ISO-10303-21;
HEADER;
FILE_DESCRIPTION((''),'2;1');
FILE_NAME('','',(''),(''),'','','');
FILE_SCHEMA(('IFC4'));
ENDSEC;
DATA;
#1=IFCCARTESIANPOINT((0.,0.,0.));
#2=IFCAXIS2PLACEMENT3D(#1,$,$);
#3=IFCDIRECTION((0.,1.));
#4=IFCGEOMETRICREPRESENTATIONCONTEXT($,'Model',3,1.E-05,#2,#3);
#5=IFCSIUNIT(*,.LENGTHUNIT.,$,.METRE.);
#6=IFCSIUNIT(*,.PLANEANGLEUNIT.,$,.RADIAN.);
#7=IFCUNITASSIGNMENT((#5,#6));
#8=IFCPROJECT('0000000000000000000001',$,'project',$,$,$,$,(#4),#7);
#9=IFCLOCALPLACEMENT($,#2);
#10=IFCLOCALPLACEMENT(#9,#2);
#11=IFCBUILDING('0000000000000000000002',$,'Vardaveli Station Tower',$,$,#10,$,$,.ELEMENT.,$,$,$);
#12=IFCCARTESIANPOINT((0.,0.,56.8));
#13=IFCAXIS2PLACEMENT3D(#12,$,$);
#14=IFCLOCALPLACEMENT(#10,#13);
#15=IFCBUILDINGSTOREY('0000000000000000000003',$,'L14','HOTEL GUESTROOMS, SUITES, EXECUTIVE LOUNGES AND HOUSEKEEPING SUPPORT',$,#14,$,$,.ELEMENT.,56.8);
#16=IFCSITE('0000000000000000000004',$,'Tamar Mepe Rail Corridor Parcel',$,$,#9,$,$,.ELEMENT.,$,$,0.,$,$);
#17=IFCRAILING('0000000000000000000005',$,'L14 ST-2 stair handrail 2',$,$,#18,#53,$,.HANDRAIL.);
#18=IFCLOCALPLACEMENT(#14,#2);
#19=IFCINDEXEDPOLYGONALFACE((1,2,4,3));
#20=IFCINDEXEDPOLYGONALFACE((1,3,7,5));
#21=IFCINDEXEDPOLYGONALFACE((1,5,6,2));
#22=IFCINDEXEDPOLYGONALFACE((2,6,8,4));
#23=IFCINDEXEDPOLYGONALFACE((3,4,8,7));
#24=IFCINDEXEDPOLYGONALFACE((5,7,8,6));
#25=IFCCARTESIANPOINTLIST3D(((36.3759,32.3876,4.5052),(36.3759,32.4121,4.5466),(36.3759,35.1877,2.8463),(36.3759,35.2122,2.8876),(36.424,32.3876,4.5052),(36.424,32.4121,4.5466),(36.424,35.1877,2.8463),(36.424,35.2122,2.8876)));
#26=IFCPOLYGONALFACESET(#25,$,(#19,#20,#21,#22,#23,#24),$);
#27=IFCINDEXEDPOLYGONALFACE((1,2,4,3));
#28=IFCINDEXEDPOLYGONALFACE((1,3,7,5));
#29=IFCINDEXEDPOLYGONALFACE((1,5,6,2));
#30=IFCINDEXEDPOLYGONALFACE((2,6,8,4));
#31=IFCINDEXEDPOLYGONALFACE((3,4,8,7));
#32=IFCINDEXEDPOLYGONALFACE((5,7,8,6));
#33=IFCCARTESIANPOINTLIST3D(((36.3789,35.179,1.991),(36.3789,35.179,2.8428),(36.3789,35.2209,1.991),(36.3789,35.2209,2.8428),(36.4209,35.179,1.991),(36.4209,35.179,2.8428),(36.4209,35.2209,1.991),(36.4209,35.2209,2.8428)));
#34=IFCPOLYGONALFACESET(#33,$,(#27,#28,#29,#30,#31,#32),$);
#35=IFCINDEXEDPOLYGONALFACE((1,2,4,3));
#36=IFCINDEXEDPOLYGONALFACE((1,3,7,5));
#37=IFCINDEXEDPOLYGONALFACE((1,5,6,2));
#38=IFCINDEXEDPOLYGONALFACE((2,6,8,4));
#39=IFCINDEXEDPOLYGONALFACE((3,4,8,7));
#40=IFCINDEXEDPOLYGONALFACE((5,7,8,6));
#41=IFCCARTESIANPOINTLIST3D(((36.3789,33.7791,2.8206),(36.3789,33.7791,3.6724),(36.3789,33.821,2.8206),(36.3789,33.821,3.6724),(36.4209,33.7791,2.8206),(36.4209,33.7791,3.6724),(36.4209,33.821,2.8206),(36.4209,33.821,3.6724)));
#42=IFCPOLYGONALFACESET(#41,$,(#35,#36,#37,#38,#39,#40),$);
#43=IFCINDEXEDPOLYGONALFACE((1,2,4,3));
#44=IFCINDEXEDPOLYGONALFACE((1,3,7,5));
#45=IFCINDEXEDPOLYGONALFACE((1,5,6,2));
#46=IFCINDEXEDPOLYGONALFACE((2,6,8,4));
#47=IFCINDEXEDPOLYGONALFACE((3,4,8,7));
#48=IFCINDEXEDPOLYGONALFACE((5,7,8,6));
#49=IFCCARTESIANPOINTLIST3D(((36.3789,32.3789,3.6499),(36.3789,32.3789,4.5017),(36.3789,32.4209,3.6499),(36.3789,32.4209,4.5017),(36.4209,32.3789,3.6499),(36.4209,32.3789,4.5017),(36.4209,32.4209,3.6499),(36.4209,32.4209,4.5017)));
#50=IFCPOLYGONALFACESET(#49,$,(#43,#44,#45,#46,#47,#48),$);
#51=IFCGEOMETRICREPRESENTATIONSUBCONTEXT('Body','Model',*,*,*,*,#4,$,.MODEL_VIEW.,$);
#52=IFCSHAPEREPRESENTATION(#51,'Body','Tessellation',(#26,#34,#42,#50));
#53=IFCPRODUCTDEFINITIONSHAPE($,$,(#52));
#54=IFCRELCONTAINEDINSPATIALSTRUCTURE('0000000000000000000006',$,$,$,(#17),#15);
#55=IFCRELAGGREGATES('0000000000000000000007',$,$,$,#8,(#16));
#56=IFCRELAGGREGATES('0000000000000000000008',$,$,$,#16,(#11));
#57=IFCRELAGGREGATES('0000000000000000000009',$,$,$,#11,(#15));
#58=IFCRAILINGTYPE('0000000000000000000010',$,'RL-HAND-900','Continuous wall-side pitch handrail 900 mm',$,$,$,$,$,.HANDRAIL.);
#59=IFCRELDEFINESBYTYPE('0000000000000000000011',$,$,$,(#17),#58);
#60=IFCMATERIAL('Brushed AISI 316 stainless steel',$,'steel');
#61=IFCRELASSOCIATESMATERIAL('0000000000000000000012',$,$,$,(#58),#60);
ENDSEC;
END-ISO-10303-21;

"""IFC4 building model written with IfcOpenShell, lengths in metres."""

from ifc_helpers import new_model, si_unit, direction, frame, origin, origin_2d, place, context, subcontext, project, spatial, rectangle, extrude, source, transform, mapped, material, type_object, element, save


model = new_model("IFC4")

# Units and contexts
model_context = context("Model", 3, precision=1e-05, world=origin(), true_north=direction((0.0, 1.0)))
body_context = subcontext(model_context, "Body", "Model", "MODEL_VIEW")
ifc_project = project(units=[si_unit("LENGTHUNIT", "METRE"), si_unit("PLANEANGLEUNIT", "RADIAN")], contexts=[model_context])

# Site, building, storey
site_placement = place(None, origin())
site = spatial("IfcSite", under=ifc_project, at=site_placement, Name="Tamar Mepe Rail Corridor Parcel", CompositionType="ELEMENT", RefElevation=0.0)
building_placement = place(site_placement, origin())
building = spatial("IfcBuilding", under=site, at=building_placement, Name="Vardaveli Station Tower", CompositionType="ELEMENT")
storey_placement = place(building_placement, frame((0.0, 0.0, 56.8)))
storey = spatial("IfcBuildingStorey", under=building, at=storey_placement, Name="L14", Description="HOTEL GUESTROOMS, SUITES, EXECUTIVE LOUNGES AND HOUSEKEEPING SUPPORT", CompositionType="ELEMENT", Elevation=56.8)

# Railing
ifc_material_1 = material(Name="Brushed AISI 316 stainless steel", Category="steel")
railing_type_1 = type_object("IfcRailingType", Name="RL-HAND-900", Description="Continuous wall-side pitch handrail 900 mm", PredefinedType="HANDRAIL", material=ifc_material_1)
shared_shape_1 = source(origin(), body_context, "Body", "SweptSolid", [
    extrude(rectangle(XDim=0.0481, YDim=0.0481, at=origin_2d()), frame((0.0, 0.0, 0.876), z_axis=(0.0, -0.860339, 0.509722), x_axis=(1.0, 0.0, 0.0)), (0.0, 0.0, 1.0), 3.2546),
    extrude(rectangle(XDim=0.042, YDim=0.042, at=origin_2d()), origin(), (0.0, 0.0, 1.0), 0.8518),
    extrude(rectangle(XDim=0.042, YDim=0.042, at=origin_2d()), frame((0.0, -1.3999, 0.8296)), (0.0, 0.0, 1.0), 0.8518),
    extrude(rectangle(XDim=0.042, YDim=0.042, at=origin_2d()), frame((0.0, -2.8, 1.6589)), (0.0, 0.0, 1.0), 0.8518),
])
railing_1_placement = place(storey_placement, frame((36.3999, 35.2, 1.991)))
element("IfcRailing", 1, at=railing_1_placement, inside=storey, type_object=railing_type_1, Name="L14 ST-2 stair handrail 2", PredefinedType="HANDRAIL", context=body_context, shape_type="MappedRepresentation", body=[
    mapped(shared_shape_1, transform((0.0, 0.0, 0.0), scale=1.0)),
])

save(model, "model.ifc")
